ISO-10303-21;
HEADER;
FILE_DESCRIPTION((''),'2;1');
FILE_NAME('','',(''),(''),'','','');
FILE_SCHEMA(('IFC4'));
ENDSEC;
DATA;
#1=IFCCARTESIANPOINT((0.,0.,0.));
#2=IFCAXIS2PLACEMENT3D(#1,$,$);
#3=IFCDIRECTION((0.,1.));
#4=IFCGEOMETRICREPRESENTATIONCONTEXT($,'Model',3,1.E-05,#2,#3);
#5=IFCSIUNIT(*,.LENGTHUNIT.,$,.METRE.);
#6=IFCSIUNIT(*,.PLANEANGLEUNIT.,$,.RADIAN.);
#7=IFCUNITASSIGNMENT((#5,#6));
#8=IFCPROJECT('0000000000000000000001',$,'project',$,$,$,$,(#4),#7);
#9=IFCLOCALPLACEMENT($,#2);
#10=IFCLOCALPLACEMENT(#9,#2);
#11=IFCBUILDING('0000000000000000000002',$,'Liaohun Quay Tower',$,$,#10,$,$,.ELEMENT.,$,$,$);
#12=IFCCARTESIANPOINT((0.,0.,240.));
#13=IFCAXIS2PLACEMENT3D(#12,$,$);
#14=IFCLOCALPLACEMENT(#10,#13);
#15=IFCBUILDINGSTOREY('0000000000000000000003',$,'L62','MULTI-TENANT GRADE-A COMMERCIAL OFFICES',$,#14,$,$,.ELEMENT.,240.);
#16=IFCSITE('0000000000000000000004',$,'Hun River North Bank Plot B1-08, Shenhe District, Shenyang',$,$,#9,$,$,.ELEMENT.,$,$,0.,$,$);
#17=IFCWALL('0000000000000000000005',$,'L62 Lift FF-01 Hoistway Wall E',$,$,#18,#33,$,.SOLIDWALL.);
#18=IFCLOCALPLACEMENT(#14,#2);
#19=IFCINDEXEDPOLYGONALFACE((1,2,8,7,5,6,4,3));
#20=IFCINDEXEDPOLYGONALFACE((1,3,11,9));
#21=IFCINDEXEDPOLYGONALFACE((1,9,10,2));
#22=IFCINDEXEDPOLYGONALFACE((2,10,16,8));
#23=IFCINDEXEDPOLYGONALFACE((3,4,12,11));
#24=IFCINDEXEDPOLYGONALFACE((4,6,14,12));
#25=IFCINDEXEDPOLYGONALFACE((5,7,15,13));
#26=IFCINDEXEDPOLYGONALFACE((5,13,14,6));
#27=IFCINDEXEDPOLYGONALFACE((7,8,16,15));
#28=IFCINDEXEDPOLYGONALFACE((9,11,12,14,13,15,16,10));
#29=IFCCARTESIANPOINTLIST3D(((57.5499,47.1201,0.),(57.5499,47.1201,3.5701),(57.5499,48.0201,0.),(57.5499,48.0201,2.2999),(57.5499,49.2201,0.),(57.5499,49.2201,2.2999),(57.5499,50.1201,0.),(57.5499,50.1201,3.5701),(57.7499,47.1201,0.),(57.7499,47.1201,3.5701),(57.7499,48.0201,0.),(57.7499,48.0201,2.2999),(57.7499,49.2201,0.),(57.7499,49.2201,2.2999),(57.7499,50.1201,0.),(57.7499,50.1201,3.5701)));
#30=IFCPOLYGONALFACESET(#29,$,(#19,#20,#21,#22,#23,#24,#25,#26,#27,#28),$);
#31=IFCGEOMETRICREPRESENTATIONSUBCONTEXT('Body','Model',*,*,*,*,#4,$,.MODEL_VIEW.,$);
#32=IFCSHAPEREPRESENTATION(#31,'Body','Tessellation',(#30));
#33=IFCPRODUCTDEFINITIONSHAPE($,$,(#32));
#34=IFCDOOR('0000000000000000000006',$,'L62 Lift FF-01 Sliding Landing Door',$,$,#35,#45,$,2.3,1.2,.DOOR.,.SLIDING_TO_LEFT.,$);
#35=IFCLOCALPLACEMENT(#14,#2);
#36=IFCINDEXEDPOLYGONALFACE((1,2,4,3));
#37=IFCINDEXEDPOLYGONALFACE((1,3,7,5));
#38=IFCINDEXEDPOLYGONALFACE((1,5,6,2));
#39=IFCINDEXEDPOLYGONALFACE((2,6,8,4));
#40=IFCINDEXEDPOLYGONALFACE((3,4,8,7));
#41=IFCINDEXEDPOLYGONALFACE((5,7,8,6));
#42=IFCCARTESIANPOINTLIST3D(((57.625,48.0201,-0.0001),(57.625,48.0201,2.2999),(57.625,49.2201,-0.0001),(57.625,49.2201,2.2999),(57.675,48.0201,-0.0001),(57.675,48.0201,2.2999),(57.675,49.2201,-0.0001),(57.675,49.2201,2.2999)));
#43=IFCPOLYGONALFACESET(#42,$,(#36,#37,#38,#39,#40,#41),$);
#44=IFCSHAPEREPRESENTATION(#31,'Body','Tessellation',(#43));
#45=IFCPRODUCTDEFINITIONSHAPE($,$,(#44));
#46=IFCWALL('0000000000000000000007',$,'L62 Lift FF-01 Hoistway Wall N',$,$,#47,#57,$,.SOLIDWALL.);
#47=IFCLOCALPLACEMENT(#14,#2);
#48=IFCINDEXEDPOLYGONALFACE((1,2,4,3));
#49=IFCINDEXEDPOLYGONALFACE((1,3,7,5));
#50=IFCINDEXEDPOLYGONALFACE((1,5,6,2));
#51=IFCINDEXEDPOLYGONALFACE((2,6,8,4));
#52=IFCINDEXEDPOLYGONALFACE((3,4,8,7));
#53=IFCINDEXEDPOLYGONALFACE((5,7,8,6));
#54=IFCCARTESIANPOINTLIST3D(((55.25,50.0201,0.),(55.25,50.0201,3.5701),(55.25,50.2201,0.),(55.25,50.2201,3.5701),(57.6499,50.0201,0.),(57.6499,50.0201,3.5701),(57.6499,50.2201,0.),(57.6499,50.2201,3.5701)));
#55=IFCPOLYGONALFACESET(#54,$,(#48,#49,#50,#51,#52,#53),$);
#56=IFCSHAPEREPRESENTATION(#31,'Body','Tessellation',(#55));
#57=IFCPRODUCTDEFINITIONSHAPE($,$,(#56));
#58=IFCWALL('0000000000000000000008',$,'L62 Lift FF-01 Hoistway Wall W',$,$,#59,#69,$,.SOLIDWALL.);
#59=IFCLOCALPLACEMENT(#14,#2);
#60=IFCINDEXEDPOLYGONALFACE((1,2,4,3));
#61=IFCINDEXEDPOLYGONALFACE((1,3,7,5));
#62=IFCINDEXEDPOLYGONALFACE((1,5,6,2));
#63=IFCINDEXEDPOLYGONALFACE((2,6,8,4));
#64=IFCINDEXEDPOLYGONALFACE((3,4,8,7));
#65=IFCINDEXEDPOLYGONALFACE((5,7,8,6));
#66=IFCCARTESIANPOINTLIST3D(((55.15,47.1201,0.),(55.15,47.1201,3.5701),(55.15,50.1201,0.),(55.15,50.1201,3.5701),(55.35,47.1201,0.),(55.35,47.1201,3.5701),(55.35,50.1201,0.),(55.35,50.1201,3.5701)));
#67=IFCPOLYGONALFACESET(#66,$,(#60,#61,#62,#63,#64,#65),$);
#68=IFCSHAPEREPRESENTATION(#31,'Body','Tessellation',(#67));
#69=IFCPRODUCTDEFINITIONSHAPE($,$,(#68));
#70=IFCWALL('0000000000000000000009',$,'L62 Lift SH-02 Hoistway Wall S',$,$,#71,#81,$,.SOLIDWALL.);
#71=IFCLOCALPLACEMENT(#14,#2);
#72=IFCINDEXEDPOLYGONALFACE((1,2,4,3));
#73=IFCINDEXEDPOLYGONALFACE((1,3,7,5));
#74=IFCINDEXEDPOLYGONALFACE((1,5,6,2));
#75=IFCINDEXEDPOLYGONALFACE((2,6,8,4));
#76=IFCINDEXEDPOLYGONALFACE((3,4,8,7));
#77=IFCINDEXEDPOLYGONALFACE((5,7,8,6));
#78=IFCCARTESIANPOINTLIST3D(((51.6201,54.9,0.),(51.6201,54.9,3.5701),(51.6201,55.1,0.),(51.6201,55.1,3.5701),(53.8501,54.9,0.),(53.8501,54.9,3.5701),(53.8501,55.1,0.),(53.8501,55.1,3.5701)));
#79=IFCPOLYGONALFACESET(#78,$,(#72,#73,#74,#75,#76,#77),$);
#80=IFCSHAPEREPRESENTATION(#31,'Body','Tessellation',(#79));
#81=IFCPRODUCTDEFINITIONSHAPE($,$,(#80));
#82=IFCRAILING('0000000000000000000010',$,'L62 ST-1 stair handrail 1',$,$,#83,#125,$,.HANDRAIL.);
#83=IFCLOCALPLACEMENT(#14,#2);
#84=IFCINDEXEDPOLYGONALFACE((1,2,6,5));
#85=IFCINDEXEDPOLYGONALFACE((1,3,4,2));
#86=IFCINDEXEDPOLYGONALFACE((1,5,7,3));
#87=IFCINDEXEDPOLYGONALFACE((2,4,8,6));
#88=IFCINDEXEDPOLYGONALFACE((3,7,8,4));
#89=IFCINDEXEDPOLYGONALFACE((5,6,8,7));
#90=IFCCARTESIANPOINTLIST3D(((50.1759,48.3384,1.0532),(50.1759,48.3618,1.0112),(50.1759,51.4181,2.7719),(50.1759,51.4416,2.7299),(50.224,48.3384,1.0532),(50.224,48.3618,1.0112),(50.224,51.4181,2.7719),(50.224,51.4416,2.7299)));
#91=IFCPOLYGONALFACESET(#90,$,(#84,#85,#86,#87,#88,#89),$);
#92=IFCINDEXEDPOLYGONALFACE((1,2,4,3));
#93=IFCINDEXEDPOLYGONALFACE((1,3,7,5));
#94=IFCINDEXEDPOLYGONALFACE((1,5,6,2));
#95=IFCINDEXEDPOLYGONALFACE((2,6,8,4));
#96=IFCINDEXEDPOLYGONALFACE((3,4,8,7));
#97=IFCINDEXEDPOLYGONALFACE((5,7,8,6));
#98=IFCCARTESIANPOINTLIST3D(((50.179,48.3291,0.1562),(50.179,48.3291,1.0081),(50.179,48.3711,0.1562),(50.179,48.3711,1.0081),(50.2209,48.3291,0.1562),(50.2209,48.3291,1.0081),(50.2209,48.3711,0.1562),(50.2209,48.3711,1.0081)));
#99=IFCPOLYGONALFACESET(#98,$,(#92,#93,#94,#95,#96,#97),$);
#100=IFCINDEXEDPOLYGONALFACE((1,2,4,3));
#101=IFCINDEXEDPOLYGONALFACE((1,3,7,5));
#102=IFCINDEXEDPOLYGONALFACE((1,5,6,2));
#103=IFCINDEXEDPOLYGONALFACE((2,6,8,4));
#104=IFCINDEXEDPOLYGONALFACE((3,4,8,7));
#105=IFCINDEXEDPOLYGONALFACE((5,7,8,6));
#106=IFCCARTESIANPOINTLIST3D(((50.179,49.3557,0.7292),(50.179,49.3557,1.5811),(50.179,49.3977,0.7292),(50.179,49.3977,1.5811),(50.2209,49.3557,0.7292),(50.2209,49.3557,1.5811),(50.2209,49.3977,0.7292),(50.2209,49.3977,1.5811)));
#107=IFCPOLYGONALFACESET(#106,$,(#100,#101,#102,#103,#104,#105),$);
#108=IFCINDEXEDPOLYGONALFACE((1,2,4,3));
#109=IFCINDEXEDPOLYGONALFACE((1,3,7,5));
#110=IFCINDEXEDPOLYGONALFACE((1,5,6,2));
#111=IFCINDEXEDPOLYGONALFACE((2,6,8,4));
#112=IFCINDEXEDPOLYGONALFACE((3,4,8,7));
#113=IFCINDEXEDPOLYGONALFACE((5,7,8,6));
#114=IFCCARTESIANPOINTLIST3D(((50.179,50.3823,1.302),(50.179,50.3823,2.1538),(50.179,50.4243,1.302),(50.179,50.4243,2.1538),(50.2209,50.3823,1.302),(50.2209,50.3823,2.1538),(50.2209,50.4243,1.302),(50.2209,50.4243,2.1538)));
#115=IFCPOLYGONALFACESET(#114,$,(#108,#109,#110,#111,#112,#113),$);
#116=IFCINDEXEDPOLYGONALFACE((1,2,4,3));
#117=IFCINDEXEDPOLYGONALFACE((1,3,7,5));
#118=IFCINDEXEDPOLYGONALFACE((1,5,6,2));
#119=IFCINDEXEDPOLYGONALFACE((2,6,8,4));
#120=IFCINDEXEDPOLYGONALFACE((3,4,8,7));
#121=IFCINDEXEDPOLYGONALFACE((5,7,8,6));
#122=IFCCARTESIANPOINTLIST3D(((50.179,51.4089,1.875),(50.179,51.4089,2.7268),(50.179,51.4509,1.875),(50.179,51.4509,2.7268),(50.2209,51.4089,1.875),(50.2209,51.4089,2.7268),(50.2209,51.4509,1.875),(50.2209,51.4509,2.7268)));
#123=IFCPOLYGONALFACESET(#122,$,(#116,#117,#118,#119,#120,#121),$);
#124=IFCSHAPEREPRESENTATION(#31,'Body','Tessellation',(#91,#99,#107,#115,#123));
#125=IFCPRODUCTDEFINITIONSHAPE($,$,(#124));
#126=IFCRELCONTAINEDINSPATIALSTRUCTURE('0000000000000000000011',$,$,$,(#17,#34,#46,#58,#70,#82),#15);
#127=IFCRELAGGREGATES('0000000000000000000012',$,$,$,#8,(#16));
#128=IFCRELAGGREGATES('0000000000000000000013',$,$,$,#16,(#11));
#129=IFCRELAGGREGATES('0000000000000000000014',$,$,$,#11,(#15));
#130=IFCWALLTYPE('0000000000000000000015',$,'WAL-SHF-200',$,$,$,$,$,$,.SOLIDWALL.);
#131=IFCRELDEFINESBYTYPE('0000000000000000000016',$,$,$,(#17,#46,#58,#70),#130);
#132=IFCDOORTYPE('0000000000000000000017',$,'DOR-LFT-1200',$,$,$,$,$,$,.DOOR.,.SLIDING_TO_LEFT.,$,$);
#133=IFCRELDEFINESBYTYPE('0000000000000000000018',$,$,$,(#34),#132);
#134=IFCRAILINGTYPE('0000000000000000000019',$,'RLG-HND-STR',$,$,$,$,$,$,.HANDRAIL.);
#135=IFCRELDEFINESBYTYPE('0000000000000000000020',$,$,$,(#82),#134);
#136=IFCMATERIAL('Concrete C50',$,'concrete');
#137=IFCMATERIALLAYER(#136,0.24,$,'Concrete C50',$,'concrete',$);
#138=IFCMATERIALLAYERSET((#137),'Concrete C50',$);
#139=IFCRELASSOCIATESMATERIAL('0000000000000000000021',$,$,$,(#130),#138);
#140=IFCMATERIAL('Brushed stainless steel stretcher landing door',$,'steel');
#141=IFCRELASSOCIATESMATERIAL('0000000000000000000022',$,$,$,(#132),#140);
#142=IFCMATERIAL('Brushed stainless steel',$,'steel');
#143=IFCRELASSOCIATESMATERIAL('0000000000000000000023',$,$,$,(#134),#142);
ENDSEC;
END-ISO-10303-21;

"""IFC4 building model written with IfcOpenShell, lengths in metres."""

from ifc_helpers import new_model, si_unit, direction, frame, frame_2d, origin, origin_2d, place, context, subcontext, project, spatial, rectangle, extrude, source, transform, mapped, material, layer, layer_set, type_object, element, fill, save


model = new_model("IFC4")

# Units and contexts
model_context = context("Model", 3, precision=1e-05, world=origin(), true_north=direction((0.0, 1.0)))
body_context = subcontext(model_context, "Body", "Model", "MODEL_VIEW")
ifc_project = project(units=[si_unit("LENGTHUNIT", "METRE"), si_unit("PLANEANGLEUNIT", "RADIAN")], contexts=[model_context])

# Site, building, storey
site_placement = place(None, origin())
site = spatial("IfcSite", under=ifc_project, at=site_placement, Name="Hun River North Bank Plot B1-08, Shenhe District, Shenyang", CompositionType="ELEMENT", RefElevation=0.0)
building_placement = place(site_placement, origin())
building = spatial("IfcBuilding", under=site, at=building_placement, Name="Liaohun Quay Tower", CompositionType="ELEMENT")
storey_placement = place(building_placement, frame((0.0, 0.0, 240.0)))
storey = spatial("IfcBuildingStorey", under=building, at=storey_placement, Name="L62", Description="MULTI-TENANT GRADE-A COMMERCIAL OFFICES", CompositionType="ELEMENT", Elevation=240.0)

# Shared definitions
ifc_material_1 = material(Name="Concrete C50", Category="concrete")

# Shared definitions
ifc_layer_1 = layer(ifc_material_1, 0.24, Name="Concrete C50", Category="concrete")
ifc_layer_set_1 = layer_set([ifc_layer_1], Name="Concrete C50")
wall_type_1 = type_object("IfcWallType", Name="WAL-SHF-200", PredefinedType="SOLIDWALL", material=ifc_layer_set_1)

# Wall, opening, door
wall_1_placement = place(storey_placement, frame((57.6499, 47.1201, 0.0), z_axis=(0.0, 0.0, 1.0), x_axis=(0.0, 1.0, 0.0)))
wall_1 = element("IfcWall", 1, at=wall_1_placement, inside=storey, type_object=wall_type_1, Name="L62 Lift FF-01 Hoistway Wall E", PredefinedType="SOLIDWALL", context=body_context, shape_type="SweptSolid", body=[
    extrude(rectangle(XDim=3.0, YDim=0.2, at=frame_2d((1.5, 0.0))), origin(), (0.0, 0.0, 1.0), 3.5701),
])
shared_shape_1 = source(origin(), body_context, "Body", "SweptSolid", [
    extrude(rectangle(XDim=1.2, YDim=2.3, at=frame_2d((0.6001, 1.1499))), frame((0.0, 0.1099, 0.0), z_axis=(0.0, -1.0, 0.0), x_axis=(1.0, 0.0, 0.0)), (0.0, 0.0, 1.0), 0.22),
])
opening_1_placement = place(wall_1_placement, frame((0.8999, 0.0, 0.0)))
opening_1 = element("IfcOpeningElement", 2, at=opening_1_placement, cuts=wall_1, PredefinedType="OPENING", context=body_context, shape_type="MappedRepresentation", body=[
    mapped(shared_shape_1, transform((0.0, 0.0, 0.0), x_axis=(1.0, 0.0, 0.0), y_axis=(0.0, 1.0, 0.0), z_axis=(0.0, 0.0, 1.0), scale=1.0)),
])
ifc_material_2 = material(Name="Brushed stainless steel stretcher landing door", Category="steel")
door_type_1 = type_object("IfcDoorType", Name="DOR-LFT-1200", OperationType="SLIDING_TO_LEFT", PredefinedType="DOOR", material=ifc_material_2)
shared_shape_2 = source(origin(), body_context, "Body", "SweptSolid", [
    extrude(rectangle(XDim=1.2, YDim=2.3, at=frame_2d((0.6001, 1.1499))), frame((0.0, 0.0249, 0.0), z_axis=(0.0, -1.0, 0.0), x_axis=(1.0, 0.0, 0.0)), (0.0, 0.0, 1.0), 0.05),
])
door_1_placement = place(opening_1_placement, origin())
door_1 = element("IfcDoor", 3, at=door_1_placement, inside=storey, type_object=door_type_1, Name="L62 Lift FF-01 Sliding Landing Door", OperationType="SLIDING_TO_LEFT", OverallHeight=2.3, OverallWidth=1.2, PredefinedType="DOOR", context=body_context, shape_type="MappedRepresentation", body=[
    mapped(shared_shape_2, transform((0.0, 0.0, 0.0), x_axis=(1.0, 0.0, 0.0), y_axis=(0.0, 1.0, 0.0), z_axis=(0.0, 0.0, 1.0), scale=1.0)),
])
fill(opening_1, door_1)

# Walls
wall_2_placement = place(storey_placement, frame((57.6499, 50.1201, 0.0), z_axis=(0.0, 0.0, 1.0), x_axis=(-1.0, 0.0, 0.0)))
element("IfcWall", 4, at=wall_2_placement, inside=storey, type_object=wall_type_1, Name="L62 Lift FF-01 Hoistway Wall N", PredefinedType="SOLIDWALL", context=body_context, shape_type="SweptSolid", body=[
    extrude(rectangle(XDim=2.3999, YDim=0.2, at=frame_2d((1.2, 0.0))), origin(), (0.0, 0.0, 1.0), 3.5701),
])
wall_3_placement = place(storey_placement, frame((55.25, 50.1201, 0.0), z_axis=(0.0, 0.0, 1.0), x_axis=(0.0, -1.0, 0.0)))
element("IfcWall", 5, at=wall_3_placement, inside=storey, type_object=wall_type_1, Name="L62 Lift FF-01 Hoistway Wall W", PredefinedType="SOLIDWALL", context=body_context, shape_type="SweptSolid", body=[
    extrude(rectangle(XDim=3.0, YDim=0.2, at=frame_2d((1.5, 0.0))), origin(), (0.0, 0.0, 1.0), 3.5701),
])
wall_4_placement = place(storey_placement, frame((51.6201, 55.0, 0.0), z_axis=(0.0, 0.0, 1.0), x_axis=(1.0, 0.0, 0.0)))
element("IfcWall", 6, at=wall_4_placement, inside=storey, type_object=wall_type_1, Name="L62 Lift SH-02 Hoistway Wall S", PredefinedType="SOLIDWALL", context=body_context, shape_type="SweptSolid", body=[
    extrude(rectangle(XDim=2.23, YDim=0.2, at=frame_2d((1.115, 0.0))), origin(), (0.0, 0.0, 1.0), 3.5701),
])

# Railing
ifc_material_3 = material(Name="Brushed stainless steel", Category="steel")
railing_type = type_object("IfcRailingType", Name="RLG-HND-STR", PredefinedType="HANDRAIL", material=ifc_material_3)
railing_placement = place(storey_placement, frame((50.2, 48.3501, 0.1562)))
element("IfcRailing", 7, at=railing_placement, inside=storey, type_object=railing_type, Name="L62 ST-1 stair handrail 1", PredefinedType="HANDRAIL", context=body_context, shape_type="SweptSolid", body=[
    extrude(rectangle(XDim=0.0481, YDim=0.0481, at=origin_2d()), frame((0.0, 0.0, 0.876), z_axis=(0.0, 0.873225, 0.487317), x_axis=(-1.0, 0.0, 0.0)), (0.0, 0.0, 1.0), 3.5269),
    extrude(rectangle(XDim=0.042, YDim=0.042, at=origin_2d()), origin(), (0.0, 0.0, 1.0), 0.8518),
    extrude(rectangle(XDim=0.042, YDim=0.042, at=origin_2d()), frame((0.0, 1.0266, 0.573)), (0.0, 0.0, 1.0), 0.8518),
    extrude(rectangle(XDim=0.042, YDim=0.042, at=origin_2d()), frame((0.0, 2.0532, 1.1458)), (0.0, 0.0, 1.0), 0.8518),
    extrude(rectangle(XDim=0.042, YDim=0.042, at=origin_2d()), frame((0.0, 3.0798, 1.7188)), (0.0, 0.0, 1.0), 0.8518),
])

save(model, "model.ifc")
